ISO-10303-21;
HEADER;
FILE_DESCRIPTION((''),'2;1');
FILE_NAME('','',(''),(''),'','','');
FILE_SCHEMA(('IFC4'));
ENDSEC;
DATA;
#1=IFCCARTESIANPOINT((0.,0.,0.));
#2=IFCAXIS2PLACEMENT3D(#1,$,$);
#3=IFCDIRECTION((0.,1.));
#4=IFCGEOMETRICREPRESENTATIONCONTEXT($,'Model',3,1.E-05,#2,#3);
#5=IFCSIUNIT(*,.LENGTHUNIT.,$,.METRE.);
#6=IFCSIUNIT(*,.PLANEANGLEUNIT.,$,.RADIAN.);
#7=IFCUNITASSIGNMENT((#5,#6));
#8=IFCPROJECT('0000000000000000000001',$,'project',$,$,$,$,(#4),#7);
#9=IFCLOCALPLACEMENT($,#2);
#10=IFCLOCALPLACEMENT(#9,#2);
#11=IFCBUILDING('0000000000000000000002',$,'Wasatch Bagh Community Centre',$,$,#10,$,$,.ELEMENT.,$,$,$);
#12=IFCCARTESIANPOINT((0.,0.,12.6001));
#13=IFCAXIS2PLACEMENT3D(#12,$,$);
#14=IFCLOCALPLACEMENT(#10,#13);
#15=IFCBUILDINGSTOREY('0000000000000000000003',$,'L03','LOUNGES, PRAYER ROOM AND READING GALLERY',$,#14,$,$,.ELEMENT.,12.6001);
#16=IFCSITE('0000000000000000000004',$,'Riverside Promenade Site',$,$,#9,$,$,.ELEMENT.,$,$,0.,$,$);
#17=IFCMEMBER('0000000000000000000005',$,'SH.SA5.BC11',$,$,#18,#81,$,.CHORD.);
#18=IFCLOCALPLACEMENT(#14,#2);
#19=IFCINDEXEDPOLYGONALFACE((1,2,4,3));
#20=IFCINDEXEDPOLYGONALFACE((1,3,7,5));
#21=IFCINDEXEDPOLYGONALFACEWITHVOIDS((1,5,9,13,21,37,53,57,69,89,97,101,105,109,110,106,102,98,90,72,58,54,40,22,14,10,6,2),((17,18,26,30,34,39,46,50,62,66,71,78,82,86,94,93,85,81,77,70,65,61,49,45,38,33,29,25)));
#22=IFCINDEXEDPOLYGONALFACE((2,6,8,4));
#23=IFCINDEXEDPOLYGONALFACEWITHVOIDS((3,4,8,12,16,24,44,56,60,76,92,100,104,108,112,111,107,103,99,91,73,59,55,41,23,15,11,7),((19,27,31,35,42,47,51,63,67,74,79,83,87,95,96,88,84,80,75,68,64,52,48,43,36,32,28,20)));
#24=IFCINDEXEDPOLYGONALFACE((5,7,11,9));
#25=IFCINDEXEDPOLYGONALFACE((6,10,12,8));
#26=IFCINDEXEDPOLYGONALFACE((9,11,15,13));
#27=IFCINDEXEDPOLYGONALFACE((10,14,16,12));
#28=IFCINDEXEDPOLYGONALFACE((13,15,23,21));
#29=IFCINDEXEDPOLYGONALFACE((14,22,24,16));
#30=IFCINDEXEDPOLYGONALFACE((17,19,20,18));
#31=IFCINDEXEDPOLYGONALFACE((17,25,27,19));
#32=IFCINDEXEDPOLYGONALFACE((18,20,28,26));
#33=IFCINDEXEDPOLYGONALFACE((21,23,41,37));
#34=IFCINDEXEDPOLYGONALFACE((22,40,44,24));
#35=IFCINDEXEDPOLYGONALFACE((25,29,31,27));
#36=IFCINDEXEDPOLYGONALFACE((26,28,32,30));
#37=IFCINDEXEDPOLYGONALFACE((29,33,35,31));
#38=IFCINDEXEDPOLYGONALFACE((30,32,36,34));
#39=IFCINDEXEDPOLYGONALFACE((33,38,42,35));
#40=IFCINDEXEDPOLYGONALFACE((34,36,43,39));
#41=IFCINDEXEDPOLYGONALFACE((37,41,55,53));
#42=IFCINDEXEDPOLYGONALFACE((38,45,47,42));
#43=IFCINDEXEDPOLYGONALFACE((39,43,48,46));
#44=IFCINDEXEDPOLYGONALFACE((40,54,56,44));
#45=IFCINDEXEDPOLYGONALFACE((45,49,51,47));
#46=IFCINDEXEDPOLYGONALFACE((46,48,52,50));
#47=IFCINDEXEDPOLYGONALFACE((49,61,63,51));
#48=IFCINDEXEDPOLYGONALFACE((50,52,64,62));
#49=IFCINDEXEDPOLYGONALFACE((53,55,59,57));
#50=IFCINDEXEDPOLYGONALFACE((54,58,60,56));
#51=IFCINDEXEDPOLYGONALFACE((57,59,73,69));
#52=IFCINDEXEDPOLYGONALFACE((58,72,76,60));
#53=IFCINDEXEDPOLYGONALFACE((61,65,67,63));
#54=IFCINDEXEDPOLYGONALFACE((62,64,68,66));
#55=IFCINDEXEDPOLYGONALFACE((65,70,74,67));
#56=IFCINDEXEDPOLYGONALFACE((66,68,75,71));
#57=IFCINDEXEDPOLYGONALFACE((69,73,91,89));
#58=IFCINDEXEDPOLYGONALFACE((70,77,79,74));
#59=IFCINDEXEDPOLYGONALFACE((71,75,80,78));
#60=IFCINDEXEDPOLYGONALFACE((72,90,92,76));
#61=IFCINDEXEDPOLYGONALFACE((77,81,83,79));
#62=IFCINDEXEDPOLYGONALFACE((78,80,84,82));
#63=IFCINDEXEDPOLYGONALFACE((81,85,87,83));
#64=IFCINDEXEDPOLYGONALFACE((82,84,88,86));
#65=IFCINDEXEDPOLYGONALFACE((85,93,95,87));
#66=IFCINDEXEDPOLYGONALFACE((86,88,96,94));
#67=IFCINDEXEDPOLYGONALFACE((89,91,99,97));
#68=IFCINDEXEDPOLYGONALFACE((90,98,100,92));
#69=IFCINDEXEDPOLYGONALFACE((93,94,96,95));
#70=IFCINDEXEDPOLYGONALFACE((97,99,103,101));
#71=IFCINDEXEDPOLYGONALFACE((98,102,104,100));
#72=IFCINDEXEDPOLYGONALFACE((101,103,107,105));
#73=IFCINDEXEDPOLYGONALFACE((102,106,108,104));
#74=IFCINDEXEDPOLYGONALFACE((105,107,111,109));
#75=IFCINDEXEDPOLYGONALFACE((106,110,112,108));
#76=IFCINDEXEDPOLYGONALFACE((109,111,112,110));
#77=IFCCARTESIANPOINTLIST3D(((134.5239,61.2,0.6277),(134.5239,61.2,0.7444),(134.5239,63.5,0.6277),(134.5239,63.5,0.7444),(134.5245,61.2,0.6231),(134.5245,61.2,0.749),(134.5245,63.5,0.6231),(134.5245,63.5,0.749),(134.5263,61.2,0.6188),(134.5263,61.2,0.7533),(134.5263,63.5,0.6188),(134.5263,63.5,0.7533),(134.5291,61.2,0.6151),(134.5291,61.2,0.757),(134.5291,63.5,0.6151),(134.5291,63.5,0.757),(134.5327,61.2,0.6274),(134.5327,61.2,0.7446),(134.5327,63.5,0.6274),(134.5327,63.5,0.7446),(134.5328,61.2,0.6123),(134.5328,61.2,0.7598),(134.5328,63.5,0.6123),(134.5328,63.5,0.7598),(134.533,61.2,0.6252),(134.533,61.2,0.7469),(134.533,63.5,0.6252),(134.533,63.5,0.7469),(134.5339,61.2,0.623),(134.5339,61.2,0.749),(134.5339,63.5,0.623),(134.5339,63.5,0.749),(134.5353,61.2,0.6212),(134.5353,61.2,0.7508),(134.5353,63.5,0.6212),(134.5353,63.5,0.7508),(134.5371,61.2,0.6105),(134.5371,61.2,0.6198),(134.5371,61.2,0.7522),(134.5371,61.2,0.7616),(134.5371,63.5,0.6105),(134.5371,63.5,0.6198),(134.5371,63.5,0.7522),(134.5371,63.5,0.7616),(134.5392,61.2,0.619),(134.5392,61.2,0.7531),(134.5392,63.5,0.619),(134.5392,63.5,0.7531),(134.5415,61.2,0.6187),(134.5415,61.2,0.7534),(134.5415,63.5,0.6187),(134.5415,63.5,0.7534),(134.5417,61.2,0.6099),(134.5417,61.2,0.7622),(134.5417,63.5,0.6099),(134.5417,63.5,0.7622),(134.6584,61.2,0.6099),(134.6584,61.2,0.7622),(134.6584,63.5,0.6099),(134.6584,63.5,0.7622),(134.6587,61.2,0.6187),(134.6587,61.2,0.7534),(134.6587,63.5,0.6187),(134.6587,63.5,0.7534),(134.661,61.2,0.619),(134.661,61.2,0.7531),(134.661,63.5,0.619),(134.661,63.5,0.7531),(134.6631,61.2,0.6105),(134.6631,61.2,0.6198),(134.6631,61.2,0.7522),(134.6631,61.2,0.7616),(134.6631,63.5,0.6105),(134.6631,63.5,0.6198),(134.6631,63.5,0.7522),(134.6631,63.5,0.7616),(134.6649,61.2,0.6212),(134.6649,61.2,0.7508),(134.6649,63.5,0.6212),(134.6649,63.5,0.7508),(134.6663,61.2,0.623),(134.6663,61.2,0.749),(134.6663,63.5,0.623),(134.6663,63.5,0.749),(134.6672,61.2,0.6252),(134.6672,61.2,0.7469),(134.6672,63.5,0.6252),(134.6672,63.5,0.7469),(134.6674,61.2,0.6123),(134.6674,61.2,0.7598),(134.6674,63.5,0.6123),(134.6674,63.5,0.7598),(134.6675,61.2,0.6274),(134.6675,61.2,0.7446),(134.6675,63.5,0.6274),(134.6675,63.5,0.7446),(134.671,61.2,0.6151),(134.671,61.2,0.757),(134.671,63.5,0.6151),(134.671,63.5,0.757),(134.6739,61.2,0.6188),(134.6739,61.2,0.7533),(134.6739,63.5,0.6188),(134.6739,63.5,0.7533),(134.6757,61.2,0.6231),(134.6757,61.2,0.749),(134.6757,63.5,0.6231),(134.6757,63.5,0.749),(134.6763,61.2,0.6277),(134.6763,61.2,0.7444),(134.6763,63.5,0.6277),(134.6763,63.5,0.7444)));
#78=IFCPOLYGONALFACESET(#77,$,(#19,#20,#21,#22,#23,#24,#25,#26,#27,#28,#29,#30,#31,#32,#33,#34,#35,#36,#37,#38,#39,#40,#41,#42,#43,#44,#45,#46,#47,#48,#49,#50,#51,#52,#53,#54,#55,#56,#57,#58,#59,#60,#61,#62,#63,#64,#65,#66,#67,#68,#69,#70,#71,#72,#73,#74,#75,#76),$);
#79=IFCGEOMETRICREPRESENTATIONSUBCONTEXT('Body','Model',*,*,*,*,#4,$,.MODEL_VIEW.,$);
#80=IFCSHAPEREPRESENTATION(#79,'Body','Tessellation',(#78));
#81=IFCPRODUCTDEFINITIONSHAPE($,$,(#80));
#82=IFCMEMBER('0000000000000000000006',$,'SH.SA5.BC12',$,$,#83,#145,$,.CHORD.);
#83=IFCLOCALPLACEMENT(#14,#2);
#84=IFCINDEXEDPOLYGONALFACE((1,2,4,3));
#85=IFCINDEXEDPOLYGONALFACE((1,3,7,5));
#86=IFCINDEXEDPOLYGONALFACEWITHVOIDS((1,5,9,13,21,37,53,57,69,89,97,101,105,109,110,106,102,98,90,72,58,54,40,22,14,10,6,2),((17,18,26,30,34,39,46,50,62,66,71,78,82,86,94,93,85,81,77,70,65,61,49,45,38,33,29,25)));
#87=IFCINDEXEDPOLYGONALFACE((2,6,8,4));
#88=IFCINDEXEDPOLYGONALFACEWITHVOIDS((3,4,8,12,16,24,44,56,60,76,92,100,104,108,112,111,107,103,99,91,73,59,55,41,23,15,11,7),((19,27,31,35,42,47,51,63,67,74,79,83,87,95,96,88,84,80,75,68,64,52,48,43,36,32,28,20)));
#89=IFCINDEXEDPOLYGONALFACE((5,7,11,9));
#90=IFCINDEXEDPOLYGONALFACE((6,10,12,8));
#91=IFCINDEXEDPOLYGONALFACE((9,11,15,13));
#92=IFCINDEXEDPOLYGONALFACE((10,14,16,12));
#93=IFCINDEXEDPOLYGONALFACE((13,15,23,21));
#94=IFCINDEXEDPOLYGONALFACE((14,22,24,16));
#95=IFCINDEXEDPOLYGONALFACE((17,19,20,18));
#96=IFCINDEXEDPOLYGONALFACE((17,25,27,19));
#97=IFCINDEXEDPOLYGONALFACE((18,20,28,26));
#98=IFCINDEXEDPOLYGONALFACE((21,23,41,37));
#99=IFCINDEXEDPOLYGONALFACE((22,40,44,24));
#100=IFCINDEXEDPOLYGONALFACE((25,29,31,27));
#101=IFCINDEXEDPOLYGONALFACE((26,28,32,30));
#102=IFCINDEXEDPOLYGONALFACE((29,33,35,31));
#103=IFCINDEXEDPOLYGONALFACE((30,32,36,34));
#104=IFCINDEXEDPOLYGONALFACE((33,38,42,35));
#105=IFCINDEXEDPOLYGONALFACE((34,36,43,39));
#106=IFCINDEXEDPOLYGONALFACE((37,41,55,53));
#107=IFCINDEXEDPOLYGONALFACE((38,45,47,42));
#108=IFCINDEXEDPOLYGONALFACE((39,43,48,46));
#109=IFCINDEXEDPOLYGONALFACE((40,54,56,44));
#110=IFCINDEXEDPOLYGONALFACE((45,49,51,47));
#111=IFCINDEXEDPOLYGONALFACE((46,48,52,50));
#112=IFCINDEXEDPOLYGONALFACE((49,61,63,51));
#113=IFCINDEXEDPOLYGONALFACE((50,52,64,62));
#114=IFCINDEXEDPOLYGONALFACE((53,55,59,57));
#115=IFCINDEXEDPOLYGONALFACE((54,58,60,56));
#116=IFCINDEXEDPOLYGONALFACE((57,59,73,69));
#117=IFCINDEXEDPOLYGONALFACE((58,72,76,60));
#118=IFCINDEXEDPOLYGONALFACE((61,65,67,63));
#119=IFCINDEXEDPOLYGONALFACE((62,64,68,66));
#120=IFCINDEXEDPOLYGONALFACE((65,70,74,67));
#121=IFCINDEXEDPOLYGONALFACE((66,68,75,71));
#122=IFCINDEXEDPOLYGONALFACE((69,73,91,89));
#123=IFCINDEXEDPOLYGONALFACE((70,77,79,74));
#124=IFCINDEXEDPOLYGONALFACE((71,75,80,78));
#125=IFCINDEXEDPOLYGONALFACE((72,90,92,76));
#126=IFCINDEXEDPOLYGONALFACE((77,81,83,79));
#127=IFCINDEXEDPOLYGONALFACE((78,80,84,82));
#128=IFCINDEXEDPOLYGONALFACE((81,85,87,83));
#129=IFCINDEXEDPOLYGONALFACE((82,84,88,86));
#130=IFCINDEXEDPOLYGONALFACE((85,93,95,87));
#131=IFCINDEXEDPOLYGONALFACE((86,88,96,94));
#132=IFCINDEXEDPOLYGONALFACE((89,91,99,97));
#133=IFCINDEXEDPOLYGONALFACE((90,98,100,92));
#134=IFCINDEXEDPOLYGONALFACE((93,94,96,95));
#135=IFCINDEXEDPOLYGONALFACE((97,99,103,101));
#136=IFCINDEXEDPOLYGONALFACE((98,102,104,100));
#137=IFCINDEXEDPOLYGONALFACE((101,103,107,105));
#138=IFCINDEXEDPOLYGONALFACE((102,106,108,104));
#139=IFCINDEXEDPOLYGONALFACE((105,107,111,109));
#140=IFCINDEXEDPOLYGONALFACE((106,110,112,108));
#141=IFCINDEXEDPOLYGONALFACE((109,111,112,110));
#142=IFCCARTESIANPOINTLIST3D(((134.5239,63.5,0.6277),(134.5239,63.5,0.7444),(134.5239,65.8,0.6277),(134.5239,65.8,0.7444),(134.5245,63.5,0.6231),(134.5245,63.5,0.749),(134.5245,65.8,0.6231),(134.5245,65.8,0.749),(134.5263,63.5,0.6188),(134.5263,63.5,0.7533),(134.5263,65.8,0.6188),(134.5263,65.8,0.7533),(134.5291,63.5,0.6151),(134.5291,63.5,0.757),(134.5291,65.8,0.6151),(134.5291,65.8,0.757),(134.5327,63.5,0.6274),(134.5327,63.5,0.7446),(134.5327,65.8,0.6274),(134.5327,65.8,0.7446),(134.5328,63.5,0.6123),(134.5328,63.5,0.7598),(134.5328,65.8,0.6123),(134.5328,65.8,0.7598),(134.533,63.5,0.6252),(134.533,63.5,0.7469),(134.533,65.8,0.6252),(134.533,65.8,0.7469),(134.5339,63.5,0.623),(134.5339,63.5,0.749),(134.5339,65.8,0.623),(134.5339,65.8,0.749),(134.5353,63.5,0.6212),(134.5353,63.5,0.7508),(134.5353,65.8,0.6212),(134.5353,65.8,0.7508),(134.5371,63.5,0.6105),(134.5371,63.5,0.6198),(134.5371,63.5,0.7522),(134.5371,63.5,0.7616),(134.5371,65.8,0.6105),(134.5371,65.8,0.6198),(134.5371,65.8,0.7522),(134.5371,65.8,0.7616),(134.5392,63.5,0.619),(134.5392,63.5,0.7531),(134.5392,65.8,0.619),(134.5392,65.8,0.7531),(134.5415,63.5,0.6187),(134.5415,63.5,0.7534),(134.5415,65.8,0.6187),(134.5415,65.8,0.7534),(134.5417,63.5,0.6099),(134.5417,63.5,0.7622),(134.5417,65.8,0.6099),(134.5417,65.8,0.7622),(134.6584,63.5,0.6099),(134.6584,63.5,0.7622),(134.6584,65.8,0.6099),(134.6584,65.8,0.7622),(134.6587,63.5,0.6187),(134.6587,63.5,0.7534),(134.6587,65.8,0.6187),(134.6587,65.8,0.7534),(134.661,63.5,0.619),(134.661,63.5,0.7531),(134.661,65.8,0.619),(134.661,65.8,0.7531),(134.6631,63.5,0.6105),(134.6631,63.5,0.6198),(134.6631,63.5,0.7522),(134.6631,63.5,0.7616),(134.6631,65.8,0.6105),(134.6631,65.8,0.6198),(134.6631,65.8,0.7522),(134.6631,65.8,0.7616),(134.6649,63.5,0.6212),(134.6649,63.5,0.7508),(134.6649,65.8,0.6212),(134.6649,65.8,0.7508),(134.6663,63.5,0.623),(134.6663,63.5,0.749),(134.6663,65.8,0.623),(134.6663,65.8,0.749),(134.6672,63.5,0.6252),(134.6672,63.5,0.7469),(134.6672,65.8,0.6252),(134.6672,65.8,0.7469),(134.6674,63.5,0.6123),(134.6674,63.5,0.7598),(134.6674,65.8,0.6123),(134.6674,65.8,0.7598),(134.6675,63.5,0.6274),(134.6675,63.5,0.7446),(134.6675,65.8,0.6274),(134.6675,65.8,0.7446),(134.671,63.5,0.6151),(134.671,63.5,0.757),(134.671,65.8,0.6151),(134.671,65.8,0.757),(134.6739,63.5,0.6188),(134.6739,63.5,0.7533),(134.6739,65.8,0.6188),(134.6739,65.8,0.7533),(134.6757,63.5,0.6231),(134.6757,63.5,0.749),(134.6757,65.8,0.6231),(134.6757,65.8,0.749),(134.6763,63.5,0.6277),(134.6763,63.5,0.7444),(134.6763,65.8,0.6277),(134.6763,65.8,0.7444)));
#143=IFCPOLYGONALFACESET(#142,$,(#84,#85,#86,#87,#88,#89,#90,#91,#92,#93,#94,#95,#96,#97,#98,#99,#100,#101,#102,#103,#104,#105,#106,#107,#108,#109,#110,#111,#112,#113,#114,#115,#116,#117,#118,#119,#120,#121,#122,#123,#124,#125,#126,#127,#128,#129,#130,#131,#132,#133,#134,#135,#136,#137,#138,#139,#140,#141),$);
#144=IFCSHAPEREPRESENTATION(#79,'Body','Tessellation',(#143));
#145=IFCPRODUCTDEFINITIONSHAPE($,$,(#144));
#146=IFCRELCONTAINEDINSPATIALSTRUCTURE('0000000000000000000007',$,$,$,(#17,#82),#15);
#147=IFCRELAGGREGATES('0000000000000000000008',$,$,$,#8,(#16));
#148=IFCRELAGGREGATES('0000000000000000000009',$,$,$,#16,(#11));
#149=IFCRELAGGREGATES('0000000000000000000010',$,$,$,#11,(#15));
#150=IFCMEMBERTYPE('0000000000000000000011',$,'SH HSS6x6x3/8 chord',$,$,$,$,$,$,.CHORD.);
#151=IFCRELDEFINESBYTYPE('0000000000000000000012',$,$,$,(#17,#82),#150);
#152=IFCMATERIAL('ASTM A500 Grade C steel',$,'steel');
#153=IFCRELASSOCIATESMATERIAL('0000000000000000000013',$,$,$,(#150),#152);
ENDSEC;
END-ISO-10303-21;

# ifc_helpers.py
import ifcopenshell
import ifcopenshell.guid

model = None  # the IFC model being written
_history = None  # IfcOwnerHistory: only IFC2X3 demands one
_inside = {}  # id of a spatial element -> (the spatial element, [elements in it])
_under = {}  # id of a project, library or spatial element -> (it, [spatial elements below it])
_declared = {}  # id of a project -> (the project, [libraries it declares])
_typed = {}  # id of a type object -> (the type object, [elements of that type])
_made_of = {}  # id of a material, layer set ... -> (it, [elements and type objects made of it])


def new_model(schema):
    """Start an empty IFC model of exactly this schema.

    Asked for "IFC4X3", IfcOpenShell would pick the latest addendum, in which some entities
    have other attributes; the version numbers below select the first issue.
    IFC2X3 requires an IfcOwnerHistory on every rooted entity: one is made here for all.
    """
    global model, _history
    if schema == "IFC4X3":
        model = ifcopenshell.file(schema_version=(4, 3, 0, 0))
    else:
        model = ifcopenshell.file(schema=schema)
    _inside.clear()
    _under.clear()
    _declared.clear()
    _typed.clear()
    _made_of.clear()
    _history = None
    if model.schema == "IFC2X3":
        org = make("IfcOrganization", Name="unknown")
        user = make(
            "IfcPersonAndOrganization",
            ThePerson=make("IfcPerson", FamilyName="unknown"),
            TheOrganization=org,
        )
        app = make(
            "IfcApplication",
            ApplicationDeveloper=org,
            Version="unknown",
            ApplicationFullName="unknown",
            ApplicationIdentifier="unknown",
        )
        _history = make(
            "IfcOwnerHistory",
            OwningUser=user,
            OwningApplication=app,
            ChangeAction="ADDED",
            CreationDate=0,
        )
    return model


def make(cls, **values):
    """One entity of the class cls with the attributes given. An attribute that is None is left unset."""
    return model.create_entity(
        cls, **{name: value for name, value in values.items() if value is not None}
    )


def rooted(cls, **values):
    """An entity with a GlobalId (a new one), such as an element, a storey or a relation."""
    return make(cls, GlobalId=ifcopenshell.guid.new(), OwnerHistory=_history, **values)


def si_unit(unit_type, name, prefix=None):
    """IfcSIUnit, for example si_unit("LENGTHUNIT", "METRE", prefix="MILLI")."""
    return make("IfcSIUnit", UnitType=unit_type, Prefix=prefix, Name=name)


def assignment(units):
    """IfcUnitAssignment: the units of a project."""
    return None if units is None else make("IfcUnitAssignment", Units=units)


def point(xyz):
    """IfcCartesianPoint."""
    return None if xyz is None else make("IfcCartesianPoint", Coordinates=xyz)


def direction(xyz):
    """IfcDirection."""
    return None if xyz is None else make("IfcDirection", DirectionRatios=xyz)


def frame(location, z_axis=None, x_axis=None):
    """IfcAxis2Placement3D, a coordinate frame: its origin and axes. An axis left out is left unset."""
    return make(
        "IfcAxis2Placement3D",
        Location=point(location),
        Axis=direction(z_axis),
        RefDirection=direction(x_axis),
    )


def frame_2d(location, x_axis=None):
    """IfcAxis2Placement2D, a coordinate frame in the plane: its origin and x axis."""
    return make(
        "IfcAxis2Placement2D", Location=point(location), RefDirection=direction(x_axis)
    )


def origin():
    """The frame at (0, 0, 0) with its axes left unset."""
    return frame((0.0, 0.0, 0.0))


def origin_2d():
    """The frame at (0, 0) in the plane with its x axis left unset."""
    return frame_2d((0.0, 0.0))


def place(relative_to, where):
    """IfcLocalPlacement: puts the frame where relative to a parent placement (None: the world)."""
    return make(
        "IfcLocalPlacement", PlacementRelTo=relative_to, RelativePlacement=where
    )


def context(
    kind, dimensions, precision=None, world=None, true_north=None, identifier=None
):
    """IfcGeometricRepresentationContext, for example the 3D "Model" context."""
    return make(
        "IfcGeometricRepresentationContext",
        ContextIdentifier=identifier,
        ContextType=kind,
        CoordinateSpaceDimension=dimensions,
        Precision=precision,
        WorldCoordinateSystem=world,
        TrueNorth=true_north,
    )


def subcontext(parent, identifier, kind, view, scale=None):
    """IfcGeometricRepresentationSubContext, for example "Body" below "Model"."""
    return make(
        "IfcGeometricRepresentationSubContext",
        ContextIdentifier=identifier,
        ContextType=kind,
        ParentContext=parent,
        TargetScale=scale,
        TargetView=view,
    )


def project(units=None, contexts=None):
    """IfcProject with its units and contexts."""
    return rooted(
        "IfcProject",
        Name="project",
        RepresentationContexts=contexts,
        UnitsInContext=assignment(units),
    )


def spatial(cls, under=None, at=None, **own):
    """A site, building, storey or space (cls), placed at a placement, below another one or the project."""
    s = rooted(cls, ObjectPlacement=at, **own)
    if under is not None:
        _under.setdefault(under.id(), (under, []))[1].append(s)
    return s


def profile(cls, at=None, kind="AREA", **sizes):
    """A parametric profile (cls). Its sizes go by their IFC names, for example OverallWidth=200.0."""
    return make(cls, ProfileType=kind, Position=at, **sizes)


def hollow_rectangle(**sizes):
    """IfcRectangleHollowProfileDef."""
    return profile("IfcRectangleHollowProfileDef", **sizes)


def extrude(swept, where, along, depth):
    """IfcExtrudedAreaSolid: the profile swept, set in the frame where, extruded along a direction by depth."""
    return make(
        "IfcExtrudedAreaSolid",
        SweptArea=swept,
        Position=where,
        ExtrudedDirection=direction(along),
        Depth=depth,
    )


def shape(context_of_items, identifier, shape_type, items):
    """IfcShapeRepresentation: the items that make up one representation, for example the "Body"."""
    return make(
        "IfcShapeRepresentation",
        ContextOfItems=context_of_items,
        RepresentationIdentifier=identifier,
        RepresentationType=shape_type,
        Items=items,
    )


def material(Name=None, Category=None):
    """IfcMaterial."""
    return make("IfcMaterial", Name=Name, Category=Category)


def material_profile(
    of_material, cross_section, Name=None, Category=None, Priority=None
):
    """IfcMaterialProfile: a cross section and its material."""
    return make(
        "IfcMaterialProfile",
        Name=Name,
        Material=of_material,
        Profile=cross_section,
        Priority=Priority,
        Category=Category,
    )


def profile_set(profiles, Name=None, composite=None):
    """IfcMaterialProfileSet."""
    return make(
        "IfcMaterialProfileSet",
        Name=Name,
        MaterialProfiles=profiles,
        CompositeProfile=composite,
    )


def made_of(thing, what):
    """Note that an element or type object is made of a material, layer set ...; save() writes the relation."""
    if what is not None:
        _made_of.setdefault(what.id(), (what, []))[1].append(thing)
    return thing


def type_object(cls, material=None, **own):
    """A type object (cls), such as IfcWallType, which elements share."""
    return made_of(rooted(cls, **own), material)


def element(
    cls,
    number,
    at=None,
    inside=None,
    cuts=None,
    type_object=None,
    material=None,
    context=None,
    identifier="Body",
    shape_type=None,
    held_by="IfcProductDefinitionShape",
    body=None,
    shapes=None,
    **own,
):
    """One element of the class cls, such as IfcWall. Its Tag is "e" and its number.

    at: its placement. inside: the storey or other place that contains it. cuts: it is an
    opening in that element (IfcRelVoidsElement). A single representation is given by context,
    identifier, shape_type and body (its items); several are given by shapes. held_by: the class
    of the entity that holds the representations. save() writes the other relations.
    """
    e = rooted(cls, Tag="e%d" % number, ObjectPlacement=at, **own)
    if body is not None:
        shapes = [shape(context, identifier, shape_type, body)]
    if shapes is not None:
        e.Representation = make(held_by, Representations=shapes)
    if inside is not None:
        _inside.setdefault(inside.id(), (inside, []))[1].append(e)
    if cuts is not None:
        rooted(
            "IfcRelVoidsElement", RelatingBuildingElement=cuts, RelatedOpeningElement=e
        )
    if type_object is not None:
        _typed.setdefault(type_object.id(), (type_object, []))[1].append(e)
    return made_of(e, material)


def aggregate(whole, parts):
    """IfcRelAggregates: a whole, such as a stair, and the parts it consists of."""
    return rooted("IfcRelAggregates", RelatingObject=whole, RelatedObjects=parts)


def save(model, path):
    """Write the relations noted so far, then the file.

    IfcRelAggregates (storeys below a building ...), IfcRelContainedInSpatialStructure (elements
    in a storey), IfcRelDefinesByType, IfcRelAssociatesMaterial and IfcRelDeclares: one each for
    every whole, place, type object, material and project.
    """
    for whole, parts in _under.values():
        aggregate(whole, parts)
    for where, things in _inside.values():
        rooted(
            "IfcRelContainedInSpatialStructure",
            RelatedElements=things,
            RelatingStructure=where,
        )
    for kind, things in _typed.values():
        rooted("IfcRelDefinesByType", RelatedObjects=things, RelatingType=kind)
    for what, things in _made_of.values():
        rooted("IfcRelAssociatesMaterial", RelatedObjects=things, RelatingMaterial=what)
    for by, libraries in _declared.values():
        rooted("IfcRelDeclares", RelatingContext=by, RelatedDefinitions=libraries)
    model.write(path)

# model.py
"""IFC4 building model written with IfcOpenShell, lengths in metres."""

from ifc_helpers import new_model, si_unit, direction, frame, origin, origin_2d, place, context, subcontext, project, spatial, hollow_rectangle, extrude, material, material_profile, profile_set, type_object, element, save


model = new_model("IFC4")

# Units and contexts
model_context = context("Model", 3, precision=1e-05, world=origin(), true_north=direction((0.0, 1.0)))
body_context = subcontext(model_context, "Body", "Model", "MODEL_VIEW")
ifc_project = project(units=[si_unit("LENGTHUNIT", "METRE"), si_unit("PLANEANGLEUNIT", "RADIAN")], contexts=[model_context])

# Site, building, storey
site_placement = place(None, origin())
site = spatial("IfcSite", under=ifc_project, at=site_placement, Name="Riverside Promenade Site", CompositionType="ELEMENT", RefElevation=0.0)
building_placement = place(site_placement, origin())
building = spatial("IfcBuilding", under=site, at=building_placement, Name="Wasatch Bagh Community Centre", CompositionType="ELEMENT")
storey_placement = place(building_placement, frame((0.0, 0.0, 12.6001)))
storey = spatial("IfcBuildingStorey", under=building, at=storey_placement, Name="L03", Description="LOUNGES, PRAYER ROOM AND READING GALLERY", CompositionType="ELEMENT", Elevation=12.6001)

# Members
ifc_material_1 = material(Name="ASTM A500 Grade C steel", Category="steel")
ifc_material_profile_1 = material_profile(ifc_material_1, hollow_rectangle(XDim=0.1523, YDim=0.1523, WallThickness=0.0088, InnerFilletRadius=0.0088, OuterFilletRadius=0.0178, at=origin_2d()), Name="HSS6x6x3/8")
ifc_profile_set_1 = profile_set([ifc_material_profile_1], Name="ASTM A500 Grade C steel")
member_type_1 = type_object("IfcMemberType", Name="SH HSS6x6x3/8 chord", PredefinedType="CHORD", material=ifc_profile_set_1)
for number, where, z_axis, x_axis, name in (
    (1, (134.6001, 61.2, 0.686), (0.0, 1.0, 0.0), (-1.0, 0.0, 0.0), "SH.SA5.BC11"),
    (2, (134.6001, 63.5, 0.686), (0.0, 1.0, 0.0), (-1.0, 0.0, 0.0), "SH.SA5.BC12"),
):
    element("IfcMember", number, at=place(storey_placement, frame(where, z_axis=z_axis, x_axis=x_axis)), inside=storey, type_object=member_type_1, Name=name, PredefinedType="CHORD", context=body_context, shape_type="SweptSolid", body=[
        extrude(hollow_rectangle(XDim=0.1523, YDim=0.1523, WallThickness=0.0088, InnerFilletRadius=0.0088, OuterFilletRadius=0.0178, at=origin_2d()), origin(), (0.0, 0.0, 1.0), 2.3),
    ])

save(model, "model.ifc")
